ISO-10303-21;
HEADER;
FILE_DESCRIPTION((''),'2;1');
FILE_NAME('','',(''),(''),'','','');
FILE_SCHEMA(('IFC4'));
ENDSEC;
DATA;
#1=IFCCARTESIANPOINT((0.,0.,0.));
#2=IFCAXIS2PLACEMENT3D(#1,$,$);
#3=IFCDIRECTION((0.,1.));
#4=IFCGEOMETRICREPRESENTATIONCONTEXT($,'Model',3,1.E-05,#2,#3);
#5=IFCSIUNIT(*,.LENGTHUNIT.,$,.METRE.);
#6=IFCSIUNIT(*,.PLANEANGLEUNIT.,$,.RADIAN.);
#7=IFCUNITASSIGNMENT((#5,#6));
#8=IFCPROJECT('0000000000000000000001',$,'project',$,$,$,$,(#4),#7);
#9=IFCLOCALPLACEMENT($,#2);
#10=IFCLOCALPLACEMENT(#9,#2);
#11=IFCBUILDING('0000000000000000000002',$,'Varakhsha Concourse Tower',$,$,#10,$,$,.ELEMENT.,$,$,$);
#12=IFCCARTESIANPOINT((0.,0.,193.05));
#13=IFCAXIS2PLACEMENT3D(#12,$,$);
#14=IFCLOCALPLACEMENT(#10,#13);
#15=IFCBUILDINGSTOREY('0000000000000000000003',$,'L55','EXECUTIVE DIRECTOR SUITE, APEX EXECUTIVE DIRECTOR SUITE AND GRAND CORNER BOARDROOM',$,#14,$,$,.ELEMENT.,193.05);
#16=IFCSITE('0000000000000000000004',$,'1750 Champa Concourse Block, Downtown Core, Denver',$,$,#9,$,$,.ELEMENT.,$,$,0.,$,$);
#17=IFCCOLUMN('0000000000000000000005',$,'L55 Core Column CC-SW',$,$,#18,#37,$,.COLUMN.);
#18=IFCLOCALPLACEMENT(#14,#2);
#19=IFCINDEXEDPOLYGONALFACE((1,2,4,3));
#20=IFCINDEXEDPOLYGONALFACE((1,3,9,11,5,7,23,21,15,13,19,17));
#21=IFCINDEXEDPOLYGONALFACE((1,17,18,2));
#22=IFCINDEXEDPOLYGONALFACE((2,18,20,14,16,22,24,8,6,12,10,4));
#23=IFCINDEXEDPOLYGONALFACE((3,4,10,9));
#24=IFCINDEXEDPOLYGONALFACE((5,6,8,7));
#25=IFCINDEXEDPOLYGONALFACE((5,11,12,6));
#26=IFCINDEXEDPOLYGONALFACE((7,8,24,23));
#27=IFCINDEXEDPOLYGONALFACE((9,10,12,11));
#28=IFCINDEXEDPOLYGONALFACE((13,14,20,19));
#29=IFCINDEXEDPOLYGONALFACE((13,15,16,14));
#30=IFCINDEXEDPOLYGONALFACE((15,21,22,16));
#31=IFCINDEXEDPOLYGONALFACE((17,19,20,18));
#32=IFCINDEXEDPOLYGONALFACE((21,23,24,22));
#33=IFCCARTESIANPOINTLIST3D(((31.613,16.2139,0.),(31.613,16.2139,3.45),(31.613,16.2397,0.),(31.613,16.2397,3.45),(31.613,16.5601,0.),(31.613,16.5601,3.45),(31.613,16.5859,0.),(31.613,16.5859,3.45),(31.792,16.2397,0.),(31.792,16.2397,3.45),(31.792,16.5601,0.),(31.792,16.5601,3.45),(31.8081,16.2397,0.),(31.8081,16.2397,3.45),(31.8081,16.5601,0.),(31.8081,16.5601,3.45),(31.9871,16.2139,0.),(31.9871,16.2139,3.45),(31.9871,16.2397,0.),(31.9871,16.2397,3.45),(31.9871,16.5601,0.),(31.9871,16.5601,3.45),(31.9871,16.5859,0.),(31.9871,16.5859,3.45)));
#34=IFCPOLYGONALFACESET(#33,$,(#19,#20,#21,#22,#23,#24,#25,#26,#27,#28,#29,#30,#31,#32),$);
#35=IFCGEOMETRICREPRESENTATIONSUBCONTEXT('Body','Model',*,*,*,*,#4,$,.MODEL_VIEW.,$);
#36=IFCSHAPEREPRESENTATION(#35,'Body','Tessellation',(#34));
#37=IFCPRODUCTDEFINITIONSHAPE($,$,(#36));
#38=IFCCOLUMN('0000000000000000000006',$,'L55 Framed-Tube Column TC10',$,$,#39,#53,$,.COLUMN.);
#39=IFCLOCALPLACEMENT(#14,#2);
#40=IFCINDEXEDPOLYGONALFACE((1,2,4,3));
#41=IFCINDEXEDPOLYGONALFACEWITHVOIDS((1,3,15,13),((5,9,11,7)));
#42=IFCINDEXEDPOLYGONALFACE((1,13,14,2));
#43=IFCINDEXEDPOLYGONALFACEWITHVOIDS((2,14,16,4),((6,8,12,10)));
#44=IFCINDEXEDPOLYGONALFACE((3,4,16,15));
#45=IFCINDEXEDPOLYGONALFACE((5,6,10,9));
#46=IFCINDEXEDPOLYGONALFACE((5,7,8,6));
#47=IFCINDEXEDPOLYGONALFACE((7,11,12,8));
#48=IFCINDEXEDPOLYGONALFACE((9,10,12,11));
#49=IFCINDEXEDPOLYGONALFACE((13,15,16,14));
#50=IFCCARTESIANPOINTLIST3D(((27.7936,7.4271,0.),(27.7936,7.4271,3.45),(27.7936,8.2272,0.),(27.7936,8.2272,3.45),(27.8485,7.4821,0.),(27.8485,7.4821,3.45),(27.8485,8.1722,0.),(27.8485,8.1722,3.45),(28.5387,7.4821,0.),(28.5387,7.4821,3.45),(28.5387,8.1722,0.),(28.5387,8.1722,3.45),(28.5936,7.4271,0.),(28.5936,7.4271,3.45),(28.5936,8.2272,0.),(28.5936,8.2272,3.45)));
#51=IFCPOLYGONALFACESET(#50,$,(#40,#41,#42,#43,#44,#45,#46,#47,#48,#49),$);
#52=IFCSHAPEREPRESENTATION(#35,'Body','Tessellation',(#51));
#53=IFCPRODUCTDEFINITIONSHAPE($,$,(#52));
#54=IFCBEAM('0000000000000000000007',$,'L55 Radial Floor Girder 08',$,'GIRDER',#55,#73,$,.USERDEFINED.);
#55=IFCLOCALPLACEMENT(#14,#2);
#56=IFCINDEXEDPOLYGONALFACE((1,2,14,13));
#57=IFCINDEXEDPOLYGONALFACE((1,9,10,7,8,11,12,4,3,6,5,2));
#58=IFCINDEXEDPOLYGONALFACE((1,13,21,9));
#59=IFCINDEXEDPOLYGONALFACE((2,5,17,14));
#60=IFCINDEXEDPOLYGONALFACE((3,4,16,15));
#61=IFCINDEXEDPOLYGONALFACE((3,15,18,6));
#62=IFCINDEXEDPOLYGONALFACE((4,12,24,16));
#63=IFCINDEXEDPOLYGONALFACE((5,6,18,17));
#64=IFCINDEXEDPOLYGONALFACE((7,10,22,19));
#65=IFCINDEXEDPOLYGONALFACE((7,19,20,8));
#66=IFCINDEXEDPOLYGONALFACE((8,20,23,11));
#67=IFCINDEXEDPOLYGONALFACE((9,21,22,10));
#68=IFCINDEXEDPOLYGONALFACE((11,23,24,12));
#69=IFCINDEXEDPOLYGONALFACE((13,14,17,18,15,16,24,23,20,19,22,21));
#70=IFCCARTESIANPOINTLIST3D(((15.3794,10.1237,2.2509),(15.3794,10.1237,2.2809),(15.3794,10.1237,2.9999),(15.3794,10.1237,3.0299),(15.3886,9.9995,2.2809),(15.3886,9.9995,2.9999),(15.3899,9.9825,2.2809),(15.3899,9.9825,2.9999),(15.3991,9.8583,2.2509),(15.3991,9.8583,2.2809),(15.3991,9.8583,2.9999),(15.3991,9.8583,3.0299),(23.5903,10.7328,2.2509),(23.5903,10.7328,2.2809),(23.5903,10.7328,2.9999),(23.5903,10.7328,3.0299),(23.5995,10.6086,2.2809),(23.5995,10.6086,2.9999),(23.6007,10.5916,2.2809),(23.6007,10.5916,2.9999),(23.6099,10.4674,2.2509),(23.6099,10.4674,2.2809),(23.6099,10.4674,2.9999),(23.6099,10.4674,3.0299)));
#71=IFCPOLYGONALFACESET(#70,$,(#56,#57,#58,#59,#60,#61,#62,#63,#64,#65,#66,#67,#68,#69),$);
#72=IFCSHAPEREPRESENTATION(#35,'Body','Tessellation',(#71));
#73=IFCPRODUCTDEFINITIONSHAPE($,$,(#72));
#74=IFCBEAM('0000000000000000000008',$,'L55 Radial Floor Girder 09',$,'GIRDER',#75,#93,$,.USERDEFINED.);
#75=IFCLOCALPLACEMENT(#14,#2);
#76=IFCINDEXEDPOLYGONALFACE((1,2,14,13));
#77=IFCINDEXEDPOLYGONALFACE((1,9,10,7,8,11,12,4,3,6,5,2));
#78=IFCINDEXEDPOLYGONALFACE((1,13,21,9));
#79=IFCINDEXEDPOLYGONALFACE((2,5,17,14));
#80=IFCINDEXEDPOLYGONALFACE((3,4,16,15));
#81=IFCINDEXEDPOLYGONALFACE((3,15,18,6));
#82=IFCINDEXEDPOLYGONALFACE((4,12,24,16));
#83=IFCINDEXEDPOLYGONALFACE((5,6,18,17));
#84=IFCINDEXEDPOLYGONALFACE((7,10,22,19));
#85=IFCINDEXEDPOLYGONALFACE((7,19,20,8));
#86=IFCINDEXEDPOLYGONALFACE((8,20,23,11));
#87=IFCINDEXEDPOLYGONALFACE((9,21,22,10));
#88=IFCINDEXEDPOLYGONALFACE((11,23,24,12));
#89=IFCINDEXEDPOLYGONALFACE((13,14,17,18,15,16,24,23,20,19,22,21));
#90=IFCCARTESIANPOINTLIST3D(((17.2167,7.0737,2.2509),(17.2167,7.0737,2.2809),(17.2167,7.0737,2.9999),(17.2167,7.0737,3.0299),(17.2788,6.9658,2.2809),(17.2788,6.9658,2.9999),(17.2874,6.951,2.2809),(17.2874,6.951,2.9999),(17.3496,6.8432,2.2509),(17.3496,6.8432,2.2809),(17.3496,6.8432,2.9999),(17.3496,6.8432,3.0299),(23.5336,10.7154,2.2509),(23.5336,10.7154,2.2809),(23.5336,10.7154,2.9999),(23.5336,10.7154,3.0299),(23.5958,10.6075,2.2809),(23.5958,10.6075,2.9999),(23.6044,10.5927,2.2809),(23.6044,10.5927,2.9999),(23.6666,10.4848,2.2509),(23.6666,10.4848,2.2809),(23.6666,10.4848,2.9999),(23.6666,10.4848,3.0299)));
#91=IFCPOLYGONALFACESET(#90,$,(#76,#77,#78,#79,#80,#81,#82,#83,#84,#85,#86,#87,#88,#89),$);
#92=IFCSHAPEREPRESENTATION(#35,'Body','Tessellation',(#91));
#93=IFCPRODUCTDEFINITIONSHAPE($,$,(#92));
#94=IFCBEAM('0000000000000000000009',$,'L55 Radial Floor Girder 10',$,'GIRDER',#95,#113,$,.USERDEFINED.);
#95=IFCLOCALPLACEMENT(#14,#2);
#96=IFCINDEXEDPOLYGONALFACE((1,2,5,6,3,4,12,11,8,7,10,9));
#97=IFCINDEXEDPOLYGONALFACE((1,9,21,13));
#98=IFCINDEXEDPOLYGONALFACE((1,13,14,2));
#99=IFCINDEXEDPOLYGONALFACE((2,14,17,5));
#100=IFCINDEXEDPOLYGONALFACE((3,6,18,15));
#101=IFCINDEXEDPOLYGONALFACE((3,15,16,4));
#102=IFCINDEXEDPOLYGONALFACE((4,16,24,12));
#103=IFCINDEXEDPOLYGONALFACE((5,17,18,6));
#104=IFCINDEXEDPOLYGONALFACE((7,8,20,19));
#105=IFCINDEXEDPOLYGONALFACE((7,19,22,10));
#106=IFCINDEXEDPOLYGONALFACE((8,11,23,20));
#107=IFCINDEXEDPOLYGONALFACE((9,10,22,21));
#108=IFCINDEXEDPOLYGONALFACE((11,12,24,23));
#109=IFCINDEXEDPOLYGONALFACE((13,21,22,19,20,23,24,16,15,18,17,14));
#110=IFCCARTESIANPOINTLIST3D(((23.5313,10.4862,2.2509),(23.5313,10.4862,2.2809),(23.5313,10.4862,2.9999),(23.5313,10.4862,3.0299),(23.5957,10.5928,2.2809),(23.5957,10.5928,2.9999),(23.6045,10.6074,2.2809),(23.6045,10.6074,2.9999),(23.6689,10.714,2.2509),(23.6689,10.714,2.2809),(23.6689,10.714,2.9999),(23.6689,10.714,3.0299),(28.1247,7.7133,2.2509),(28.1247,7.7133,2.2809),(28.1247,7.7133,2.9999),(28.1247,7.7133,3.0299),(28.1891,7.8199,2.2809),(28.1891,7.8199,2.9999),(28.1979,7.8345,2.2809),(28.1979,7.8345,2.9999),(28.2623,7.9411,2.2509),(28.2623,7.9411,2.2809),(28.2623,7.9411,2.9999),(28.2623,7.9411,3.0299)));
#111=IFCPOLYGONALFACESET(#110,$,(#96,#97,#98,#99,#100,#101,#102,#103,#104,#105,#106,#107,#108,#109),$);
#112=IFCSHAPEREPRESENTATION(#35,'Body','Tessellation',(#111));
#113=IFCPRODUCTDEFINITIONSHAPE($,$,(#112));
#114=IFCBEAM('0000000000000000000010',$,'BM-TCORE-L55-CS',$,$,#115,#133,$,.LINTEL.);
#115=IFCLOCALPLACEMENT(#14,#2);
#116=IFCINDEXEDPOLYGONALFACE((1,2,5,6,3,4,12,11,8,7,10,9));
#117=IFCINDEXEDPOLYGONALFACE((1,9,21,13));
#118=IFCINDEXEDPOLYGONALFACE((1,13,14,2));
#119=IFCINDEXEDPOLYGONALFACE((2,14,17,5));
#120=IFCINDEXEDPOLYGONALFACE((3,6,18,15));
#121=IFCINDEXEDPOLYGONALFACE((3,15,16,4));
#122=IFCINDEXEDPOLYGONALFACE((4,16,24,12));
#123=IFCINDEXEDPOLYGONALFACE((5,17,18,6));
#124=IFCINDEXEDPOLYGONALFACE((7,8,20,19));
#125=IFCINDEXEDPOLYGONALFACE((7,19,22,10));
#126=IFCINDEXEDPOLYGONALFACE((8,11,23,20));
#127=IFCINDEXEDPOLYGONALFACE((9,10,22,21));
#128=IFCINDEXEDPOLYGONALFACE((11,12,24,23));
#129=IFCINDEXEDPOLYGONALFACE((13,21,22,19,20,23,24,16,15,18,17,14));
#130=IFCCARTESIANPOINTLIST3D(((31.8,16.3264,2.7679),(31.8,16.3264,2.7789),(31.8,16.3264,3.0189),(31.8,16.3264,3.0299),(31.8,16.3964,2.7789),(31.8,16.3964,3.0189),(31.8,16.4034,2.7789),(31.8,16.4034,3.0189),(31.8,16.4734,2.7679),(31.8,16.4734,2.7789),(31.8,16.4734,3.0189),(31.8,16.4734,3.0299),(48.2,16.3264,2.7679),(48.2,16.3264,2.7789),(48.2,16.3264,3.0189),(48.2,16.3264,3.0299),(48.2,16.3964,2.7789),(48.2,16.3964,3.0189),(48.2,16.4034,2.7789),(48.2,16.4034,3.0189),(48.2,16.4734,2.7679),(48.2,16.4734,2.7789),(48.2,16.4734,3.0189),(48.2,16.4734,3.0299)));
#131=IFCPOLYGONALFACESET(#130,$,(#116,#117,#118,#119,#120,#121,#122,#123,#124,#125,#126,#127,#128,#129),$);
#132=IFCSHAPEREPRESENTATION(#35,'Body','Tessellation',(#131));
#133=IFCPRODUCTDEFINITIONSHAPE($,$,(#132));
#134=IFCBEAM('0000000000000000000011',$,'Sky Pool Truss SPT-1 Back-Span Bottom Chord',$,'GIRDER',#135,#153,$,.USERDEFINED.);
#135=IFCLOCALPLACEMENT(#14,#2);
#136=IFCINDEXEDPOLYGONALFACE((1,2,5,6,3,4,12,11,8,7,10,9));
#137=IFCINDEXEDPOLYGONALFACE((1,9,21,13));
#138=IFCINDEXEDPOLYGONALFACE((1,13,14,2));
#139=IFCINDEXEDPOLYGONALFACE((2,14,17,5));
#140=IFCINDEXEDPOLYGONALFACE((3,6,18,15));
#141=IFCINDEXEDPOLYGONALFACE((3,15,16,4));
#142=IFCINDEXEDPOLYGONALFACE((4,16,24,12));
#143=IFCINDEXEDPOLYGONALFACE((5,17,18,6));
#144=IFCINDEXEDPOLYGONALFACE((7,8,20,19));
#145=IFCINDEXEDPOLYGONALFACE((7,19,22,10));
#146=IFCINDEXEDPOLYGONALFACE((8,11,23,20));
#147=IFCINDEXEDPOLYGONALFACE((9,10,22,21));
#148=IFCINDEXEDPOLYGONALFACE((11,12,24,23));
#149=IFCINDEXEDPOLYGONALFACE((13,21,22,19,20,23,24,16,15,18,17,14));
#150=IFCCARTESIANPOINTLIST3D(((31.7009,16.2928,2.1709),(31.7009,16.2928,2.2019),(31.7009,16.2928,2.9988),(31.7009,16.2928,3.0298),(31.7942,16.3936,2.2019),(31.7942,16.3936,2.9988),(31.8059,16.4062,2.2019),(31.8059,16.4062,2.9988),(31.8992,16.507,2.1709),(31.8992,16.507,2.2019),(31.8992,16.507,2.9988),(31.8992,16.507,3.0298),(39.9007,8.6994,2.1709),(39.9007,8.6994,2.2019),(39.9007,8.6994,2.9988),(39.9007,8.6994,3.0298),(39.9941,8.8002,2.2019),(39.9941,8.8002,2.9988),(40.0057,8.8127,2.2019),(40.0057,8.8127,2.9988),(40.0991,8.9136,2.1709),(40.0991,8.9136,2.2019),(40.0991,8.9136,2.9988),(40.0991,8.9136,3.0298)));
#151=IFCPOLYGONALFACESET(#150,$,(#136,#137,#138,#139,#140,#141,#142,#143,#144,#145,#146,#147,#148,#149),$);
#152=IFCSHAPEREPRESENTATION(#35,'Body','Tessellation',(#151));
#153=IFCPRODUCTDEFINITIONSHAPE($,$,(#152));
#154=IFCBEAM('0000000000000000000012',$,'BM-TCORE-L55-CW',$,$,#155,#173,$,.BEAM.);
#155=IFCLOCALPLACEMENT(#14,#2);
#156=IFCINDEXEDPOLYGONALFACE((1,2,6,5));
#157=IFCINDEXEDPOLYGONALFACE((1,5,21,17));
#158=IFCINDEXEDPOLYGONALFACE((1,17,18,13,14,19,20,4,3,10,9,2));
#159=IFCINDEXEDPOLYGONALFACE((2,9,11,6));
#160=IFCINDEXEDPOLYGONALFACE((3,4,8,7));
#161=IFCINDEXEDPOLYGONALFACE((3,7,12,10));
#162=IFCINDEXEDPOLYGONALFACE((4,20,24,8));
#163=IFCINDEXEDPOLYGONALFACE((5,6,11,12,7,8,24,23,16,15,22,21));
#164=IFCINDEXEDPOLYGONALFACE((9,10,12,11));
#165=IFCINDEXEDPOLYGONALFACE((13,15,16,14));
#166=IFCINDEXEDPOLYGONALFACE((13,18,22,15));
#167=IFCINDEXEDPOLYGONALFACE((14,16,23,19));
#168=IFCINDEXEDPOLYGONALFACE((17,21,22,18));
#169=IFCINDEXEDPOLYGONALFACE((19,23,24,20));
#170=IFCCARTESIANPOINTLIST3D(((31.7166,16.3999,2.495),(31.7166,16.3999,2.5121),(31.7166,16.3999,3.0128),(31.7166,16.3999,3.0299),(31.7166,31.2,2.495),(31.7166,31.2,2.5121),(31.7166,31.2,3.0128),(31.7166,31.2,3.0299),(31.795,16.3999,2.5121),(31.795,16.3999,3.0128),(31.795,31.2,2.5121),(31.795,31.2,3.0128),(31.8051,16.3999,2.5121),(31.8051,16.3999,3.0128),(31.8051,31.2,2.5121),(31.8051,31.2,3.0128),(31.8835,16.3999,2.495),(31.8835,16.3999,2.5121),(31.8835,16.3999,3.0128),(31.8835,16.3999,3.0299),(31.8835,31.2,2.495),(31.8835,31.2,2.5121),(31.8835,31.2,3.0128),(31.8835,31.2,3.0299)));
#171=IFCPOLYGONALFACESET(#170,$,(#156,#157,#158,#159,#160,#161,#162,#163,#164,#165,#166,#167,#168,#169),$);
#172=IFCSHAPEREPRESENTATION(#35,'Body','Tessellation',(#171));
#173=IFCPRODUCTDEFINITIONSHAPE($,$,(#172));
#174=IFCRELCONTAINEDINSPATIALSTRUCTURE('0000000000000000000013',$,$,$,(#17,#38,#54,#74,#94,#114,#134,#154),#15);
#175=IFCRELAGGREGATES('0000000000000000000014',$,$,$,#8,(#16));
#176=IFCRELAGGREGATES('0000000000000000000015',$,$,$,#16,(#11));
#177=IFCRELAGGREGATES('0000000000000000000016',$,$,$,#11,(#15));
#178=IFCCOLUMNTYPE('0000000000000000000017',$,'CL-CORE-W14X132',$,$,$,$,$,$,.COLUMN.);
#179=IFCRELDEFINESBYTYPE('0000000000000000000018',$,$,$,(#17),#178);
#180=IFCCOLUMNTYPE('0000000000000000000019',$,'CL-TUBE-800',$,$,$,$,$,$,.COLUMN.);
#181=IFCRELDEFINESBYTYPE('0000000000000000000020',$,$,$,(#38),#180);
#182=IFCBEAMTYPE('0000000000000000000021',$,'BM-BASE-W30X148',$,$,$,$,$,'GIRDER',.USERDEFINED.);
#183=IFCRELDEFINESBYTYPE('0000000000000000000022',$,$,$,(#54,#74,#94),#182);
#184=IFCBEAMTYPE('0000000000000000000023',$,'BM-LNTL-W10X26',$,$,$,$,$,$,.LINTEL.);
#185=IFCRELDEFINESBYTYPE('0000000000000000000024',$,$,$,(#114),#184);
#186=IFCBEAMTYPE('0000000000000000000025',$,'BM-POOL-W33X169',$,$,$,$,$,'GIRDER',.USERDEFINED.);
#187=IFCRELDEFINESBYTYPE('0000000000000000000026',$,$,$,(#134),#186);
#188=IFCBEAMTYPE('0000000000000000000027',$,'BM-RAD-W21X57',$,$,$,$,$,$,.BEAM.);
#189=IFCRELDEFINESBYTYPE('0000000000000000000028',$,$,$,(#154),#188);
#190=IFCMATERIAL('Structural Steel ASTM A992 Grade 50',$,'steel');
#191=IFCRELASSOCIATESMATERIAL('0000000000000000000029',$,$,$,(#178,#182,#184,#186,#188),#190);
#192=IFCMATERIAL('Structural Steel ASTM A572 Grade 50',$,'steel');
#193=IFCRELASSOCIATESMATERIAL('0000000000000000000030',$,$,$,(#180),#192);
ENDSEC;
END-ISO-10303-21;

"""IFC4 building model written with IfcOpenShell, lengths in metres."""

from ifc_helpers import new_model, si_unit, direction, frame, origin, origin_2d, place, context, subcontext, project, spatial, hollow_rectangle, i_section, extrude, material, material_profile, profile_set, type_object, element, save


model = new_model("IFC4")

# Units and contexts
model_context = context("Model", 3, precision=1e-05, world=origin(), true_north=direction((0.0, 1.0)))
body_context = subcontext(model_context, "Body", "Model", "MODEL_VIEW")
ifc_project = project(units=[si_unit("LENGTHUNIT", "METRE"), si_unit("PLANEANGLEUNIT", "RADIAN")], contexts=[model_context])

# Site, building, storey
site_placement = place(None, origin())
site = spatial("IfcSite", under=ifc_project, at=site_placement, Name="1750 Champa Concourse Block, Downtown Core, Denver", CompositionType="ELEMENT", RefElevation=0.0)
building_placement = place(site_placement, origin())
building = spatial("IfcBuilding", under=site, at=building_placement, Name="Varakhsha Concourse Tower", CompositionType="ELEMENT")
storey_placement = place(building_placement, frame((0.0, 0.0, 193.05)))
storey = spatial("IfcBuildingStorey", under=building, at=storey_placement, Name="L55", Description="EXECUTIVE DIRECTOR SUITE, APEX EXECUTIVE DIRECTOR SUITE AND GRAND CORNER BOARDROOM", CompositionType="ELEMENT", Elevation=193.05)

# Columns
ifc_material_1 = material(Name="Structural Steel ASTM A992 Grade 50", Category="steel")
ifc_material_profile_1 = material_profile(ifc_material_1, i_section(OverallWidth=0.374, OverallDepth=0.3721, WebThickness=0.0161, FlangeThickness=0.0259, at=origin_2d()), Name="W14X132")
ifc_profile_set_1 = profile_set([ifc_material_profile_1], Name="Structural Steel ASTM A992 Grade 50")
column_type_1 = type_object("IfcColumnType", Name="CL-CORE-W14X132", PredefinedType="COLUMN", material=ifc_profile_set_1)
column_1_placement = place(storey_placement, frame((31.8, 16.3999, 0.0), z_axis=(0.0, 0.0, 1.0), x_axis=(1.0, 0.0, 0.0)))
element("IfcColumn", 1, at=column_1_placement, inside=storey, type_object=column_type_1, Name="L55 Core Column CC-SW", PredefinedType="COLUMN", context=body_context, shape_type="SweptSolid", body=[
    extrude(i_section(OverallWidth=0.374, OverallDepth=0.3721, WebThickness=0.0161, FlangeThickness=0.0259, at=origin_2d()), origin(), (0.0, 0.0, 1.0), 3.45),
])
ifc_material_2 = material(Name="Structural Steel ASTM A572 Grade 50", Category="steel")
ifc_material_profile_2 = material_profile(ifc_material_2, hollow_rectangle(XDim=0.8, YDim=0.8, WallThickness=0.0549, at=origin_2d()), Name="BOX 800x800x55")
ifc_profile_set_2 = profile_set([ifc_material_profile_2], Name="Structural Steel ASTM A572 Grade 50")
column_type_2 = type_object("IfcColumnType", Name="CL-TUBE-800", PredefinedType="COLUMN", material=ifc_profile_set_2)
column_2_placement = place(storey_placement, frame((28.1936, 7.8271, 0.0), z_axis=(0.0, 0.0, 1.0), x_axis=(1.0, 0.0, 0.0)))
element("IfcColumn", 2, at=column_2_placement, inside=storey, type_object=column_type_2, Name="L55 Framed-Tube Column TC10", PredefinedType="COLUMN", context=body_context, shape_type="SweptSolid", body=[
    extrude(hollow_rectangle(XDim=0.8, YDim=0.8, WallThickness=0.0549, at=origin_2d()), origin(), (0.0, 0.0, 1.0), 3.45),
])

# Beams
ifc_material_profile_3 = material_profile(ifc_material_1, i_section(OverallWidth=0.2661, OverallDepth=0.7791, WebThickness=0.0171, FlangeThickness=0.03, at=origin_2d()), Name="W30X148")
ifc_profile_set_3 = profile_set([ifc_material_profile_3], Name="Structural Steel ASTM A992 Grade 50")
beam_type_1 = type_object("IfcBeamType", Name="BM-BASE-W30X148", ElementType="GIRDER", PredefinedType="USERDEFINED", material=ifc_profile_set_3)
beam_1_placement = place(storey_placement, frame((23.6001, 10.6001, 2.6404), z_axis=(-0.99726, -0.073982, 0.0), x_axis=(0.073982, -0.99726, 0.0)))
element("IfcBeam", 3, at=beam_1_placement, inside=storey, type_object=beam_type_1, Name="L55 Radial Floor Girder 08", ObjectType="GIRDER", PredefinedType="USERDEFINED", context=body_context, shape_type="SweptSolid", body=[
    extrude(i_section(OverallWidth=0.2661, OverallDepth=0.7791, WebThickness=0.0171, FlangeThickness=0.03, at=origin_2d()), origin(), (0.0, 0.0, 1.0), 8.2334),
])
beam_2_placement = place(storey_placement, frame((23.6001, 10.6001, 2.6404), z_axis=(-0.866349, -0.499438, 0.0), x_axis=(0.499438, -0.866349, 0.0)))
element("IfcBeam", 4, at=beam_2_placement, inside=storey, type_object=beam_type_1, Name="L55 Radial Floor Girder 09", ObjectType="GIRDER", PredefinedType="USERDEFINED", context=body_context, shape_type="SweptSolid", body=[
    extrude(i_section(OverallWidth=0.2661, OverallDepth=0.7791, WebThickness=0.0171, FlangeThickness=0.03, at=origin_2d()), origin(), (0.0, 0.0, 1.0), 7.2915),
])
beam_3_placement = place(storey_placement, frame((23.6001, 10.6001, 2.6404), z_axis=(0.856105, -0.516802, 0.0), x_axis=(0.516802, 0.856105, 0.0)))
element("IfcBeam", 5, at=beam_3_placement, inside=storey, type_object=beam_type_1, Name="L55 Radial Floor Girder 10", ObjectType="GIRDER", PredefinedType="USERDEFINED", context=body_context, shape_type="SweptSolid", body=[
    extrude(i_section(OverallWidth=0.2661, OverallDepth=0.7791, WebThickness=0.0171, FlangeThickness=0.03, at=origin_2d()), origin(), (0.0, 0.0, 1.0), 5.3655),
])
ifc_material_profile_4 = material_profile(ifc_material_1, i_section(OverallWidth=0.147, OverallDepth=0.262, WebThickness=0.0071, FlangeThickness=0.011, at=origin_2d()), Name="W10X26")
ifc_profile_set_4 = profile_set([ifc_material_profile_4], Name="Structural Steel ASTM A992 Grade 50")
beam_type_2 = type_object("IfcBeamType", Name="BM-LNTL-W10X26", PredefinedType="LINTEL", material=ifc_profile_set_4)
beam_4_placement = place(storey_placement, frame((31.8, 16.3999, 2.8989), z_axis=(1.0, 0.0, 0.0), x_axis=(0.0, 1.0, 0.0)))
element("IfcBeam", 6, at=beam_4_placement, inside=storey, type_object=beam_type_2, Name="BM-TCORE-L55-CS", PredefinedType="LINTEL", context=body_context, shape_type="SweptSolid", body=[
    extrude(i_section(OverallWidth=0.147, OverallDepth=0.262, WebThickness=0.0071, FlangeThickness=0.011, at=origin_2d()), origin(), (0.0, 0.0, 1.0), 16.3999),
])
ifc_material_profile_5 = material_profile(ifc_material_1, i_section(OverallWidth=0.292, OverallDepth=0.8589, WebThickness=0.0171, FlangeThickness=0.031, at=origin_2d()), Name="W33X169")
ifc_profile_set_5 = profile_set([ifc_material_profile_5], Name="Structural Steel ASTM A992 Grade 50")
beam_type_3 = type_object("IfcBeamType", Name="BM-POOL-W33X169", ElementType="GIRDER", PredefinedType="USERDEFINED", material=ifc_profile_set_5)
beam_5_placement = place(storey_placement, frame((31.8, 16.3999, 2.6003), z_axis=(0.733718, -0.679454, 0.0), x_axis=(0.679454, 0.733718, 0.0)))
element("IfcBeam", 7, at=beam_5_placement, inside=storey, type_object=beam_type_3, Name="Sky Pool Truss SPT-1 Back-Span Bottom Chord", ObjectType="GIRDER", PredefinedType="USERDEFINED", context=body_context, shape_type="SweptSolid", body=[
    extrude(i_section(OverallWidth=0.292, OverallDepth=0.8589, WebThickness=0.0171, FlangeThickness=0.031, at=origin_2d()), origin(), (0.0, 0.0, 1.0), 11.1758),
])
ifc_material_profile_6 = material_profile(ifc_material_1, i_section(OverallWidth=0.167, OverallDepth=0.5349, WebThickness=0.01, FlangeThickness=0.0171, at=origin_2d()), Name="W21X57")
ifc_profile_set_6 = profile_set([ifc_material_profile_6], Name="Structural Steel ASTM A992 Grade 50")
beam_type_4 = type_object("IfcBeamType", Name="BM-RAD-W21X57", PredefinedType="BEAM", material=ifc_profile_set_6)
beam_6_placement = place(storey_placement, frame((31.8, 16.3999, 2.7625), z_axis=(0.0, 1.0, 0.0), x_axis=(-1.0, 0.0, 0.0)))
element("IfcBeam", 8, at=beam_6_placement, inside=storey, type_object=beam_type_4, Name="BM-TCORE-L55-CW", PredefinedType="BEAM", context=body_context, shape_type="SweptSolid", body=[
    extrude(i_section(OverallWidth=0.167, OverallDepth=0.5349, WebThickness=0.01, FlangeThickness=0.0171, at=origin_2d()), origin(), (0.0, 0.0, 1.0), 14.8),
])

save(model, "model.ifc")
